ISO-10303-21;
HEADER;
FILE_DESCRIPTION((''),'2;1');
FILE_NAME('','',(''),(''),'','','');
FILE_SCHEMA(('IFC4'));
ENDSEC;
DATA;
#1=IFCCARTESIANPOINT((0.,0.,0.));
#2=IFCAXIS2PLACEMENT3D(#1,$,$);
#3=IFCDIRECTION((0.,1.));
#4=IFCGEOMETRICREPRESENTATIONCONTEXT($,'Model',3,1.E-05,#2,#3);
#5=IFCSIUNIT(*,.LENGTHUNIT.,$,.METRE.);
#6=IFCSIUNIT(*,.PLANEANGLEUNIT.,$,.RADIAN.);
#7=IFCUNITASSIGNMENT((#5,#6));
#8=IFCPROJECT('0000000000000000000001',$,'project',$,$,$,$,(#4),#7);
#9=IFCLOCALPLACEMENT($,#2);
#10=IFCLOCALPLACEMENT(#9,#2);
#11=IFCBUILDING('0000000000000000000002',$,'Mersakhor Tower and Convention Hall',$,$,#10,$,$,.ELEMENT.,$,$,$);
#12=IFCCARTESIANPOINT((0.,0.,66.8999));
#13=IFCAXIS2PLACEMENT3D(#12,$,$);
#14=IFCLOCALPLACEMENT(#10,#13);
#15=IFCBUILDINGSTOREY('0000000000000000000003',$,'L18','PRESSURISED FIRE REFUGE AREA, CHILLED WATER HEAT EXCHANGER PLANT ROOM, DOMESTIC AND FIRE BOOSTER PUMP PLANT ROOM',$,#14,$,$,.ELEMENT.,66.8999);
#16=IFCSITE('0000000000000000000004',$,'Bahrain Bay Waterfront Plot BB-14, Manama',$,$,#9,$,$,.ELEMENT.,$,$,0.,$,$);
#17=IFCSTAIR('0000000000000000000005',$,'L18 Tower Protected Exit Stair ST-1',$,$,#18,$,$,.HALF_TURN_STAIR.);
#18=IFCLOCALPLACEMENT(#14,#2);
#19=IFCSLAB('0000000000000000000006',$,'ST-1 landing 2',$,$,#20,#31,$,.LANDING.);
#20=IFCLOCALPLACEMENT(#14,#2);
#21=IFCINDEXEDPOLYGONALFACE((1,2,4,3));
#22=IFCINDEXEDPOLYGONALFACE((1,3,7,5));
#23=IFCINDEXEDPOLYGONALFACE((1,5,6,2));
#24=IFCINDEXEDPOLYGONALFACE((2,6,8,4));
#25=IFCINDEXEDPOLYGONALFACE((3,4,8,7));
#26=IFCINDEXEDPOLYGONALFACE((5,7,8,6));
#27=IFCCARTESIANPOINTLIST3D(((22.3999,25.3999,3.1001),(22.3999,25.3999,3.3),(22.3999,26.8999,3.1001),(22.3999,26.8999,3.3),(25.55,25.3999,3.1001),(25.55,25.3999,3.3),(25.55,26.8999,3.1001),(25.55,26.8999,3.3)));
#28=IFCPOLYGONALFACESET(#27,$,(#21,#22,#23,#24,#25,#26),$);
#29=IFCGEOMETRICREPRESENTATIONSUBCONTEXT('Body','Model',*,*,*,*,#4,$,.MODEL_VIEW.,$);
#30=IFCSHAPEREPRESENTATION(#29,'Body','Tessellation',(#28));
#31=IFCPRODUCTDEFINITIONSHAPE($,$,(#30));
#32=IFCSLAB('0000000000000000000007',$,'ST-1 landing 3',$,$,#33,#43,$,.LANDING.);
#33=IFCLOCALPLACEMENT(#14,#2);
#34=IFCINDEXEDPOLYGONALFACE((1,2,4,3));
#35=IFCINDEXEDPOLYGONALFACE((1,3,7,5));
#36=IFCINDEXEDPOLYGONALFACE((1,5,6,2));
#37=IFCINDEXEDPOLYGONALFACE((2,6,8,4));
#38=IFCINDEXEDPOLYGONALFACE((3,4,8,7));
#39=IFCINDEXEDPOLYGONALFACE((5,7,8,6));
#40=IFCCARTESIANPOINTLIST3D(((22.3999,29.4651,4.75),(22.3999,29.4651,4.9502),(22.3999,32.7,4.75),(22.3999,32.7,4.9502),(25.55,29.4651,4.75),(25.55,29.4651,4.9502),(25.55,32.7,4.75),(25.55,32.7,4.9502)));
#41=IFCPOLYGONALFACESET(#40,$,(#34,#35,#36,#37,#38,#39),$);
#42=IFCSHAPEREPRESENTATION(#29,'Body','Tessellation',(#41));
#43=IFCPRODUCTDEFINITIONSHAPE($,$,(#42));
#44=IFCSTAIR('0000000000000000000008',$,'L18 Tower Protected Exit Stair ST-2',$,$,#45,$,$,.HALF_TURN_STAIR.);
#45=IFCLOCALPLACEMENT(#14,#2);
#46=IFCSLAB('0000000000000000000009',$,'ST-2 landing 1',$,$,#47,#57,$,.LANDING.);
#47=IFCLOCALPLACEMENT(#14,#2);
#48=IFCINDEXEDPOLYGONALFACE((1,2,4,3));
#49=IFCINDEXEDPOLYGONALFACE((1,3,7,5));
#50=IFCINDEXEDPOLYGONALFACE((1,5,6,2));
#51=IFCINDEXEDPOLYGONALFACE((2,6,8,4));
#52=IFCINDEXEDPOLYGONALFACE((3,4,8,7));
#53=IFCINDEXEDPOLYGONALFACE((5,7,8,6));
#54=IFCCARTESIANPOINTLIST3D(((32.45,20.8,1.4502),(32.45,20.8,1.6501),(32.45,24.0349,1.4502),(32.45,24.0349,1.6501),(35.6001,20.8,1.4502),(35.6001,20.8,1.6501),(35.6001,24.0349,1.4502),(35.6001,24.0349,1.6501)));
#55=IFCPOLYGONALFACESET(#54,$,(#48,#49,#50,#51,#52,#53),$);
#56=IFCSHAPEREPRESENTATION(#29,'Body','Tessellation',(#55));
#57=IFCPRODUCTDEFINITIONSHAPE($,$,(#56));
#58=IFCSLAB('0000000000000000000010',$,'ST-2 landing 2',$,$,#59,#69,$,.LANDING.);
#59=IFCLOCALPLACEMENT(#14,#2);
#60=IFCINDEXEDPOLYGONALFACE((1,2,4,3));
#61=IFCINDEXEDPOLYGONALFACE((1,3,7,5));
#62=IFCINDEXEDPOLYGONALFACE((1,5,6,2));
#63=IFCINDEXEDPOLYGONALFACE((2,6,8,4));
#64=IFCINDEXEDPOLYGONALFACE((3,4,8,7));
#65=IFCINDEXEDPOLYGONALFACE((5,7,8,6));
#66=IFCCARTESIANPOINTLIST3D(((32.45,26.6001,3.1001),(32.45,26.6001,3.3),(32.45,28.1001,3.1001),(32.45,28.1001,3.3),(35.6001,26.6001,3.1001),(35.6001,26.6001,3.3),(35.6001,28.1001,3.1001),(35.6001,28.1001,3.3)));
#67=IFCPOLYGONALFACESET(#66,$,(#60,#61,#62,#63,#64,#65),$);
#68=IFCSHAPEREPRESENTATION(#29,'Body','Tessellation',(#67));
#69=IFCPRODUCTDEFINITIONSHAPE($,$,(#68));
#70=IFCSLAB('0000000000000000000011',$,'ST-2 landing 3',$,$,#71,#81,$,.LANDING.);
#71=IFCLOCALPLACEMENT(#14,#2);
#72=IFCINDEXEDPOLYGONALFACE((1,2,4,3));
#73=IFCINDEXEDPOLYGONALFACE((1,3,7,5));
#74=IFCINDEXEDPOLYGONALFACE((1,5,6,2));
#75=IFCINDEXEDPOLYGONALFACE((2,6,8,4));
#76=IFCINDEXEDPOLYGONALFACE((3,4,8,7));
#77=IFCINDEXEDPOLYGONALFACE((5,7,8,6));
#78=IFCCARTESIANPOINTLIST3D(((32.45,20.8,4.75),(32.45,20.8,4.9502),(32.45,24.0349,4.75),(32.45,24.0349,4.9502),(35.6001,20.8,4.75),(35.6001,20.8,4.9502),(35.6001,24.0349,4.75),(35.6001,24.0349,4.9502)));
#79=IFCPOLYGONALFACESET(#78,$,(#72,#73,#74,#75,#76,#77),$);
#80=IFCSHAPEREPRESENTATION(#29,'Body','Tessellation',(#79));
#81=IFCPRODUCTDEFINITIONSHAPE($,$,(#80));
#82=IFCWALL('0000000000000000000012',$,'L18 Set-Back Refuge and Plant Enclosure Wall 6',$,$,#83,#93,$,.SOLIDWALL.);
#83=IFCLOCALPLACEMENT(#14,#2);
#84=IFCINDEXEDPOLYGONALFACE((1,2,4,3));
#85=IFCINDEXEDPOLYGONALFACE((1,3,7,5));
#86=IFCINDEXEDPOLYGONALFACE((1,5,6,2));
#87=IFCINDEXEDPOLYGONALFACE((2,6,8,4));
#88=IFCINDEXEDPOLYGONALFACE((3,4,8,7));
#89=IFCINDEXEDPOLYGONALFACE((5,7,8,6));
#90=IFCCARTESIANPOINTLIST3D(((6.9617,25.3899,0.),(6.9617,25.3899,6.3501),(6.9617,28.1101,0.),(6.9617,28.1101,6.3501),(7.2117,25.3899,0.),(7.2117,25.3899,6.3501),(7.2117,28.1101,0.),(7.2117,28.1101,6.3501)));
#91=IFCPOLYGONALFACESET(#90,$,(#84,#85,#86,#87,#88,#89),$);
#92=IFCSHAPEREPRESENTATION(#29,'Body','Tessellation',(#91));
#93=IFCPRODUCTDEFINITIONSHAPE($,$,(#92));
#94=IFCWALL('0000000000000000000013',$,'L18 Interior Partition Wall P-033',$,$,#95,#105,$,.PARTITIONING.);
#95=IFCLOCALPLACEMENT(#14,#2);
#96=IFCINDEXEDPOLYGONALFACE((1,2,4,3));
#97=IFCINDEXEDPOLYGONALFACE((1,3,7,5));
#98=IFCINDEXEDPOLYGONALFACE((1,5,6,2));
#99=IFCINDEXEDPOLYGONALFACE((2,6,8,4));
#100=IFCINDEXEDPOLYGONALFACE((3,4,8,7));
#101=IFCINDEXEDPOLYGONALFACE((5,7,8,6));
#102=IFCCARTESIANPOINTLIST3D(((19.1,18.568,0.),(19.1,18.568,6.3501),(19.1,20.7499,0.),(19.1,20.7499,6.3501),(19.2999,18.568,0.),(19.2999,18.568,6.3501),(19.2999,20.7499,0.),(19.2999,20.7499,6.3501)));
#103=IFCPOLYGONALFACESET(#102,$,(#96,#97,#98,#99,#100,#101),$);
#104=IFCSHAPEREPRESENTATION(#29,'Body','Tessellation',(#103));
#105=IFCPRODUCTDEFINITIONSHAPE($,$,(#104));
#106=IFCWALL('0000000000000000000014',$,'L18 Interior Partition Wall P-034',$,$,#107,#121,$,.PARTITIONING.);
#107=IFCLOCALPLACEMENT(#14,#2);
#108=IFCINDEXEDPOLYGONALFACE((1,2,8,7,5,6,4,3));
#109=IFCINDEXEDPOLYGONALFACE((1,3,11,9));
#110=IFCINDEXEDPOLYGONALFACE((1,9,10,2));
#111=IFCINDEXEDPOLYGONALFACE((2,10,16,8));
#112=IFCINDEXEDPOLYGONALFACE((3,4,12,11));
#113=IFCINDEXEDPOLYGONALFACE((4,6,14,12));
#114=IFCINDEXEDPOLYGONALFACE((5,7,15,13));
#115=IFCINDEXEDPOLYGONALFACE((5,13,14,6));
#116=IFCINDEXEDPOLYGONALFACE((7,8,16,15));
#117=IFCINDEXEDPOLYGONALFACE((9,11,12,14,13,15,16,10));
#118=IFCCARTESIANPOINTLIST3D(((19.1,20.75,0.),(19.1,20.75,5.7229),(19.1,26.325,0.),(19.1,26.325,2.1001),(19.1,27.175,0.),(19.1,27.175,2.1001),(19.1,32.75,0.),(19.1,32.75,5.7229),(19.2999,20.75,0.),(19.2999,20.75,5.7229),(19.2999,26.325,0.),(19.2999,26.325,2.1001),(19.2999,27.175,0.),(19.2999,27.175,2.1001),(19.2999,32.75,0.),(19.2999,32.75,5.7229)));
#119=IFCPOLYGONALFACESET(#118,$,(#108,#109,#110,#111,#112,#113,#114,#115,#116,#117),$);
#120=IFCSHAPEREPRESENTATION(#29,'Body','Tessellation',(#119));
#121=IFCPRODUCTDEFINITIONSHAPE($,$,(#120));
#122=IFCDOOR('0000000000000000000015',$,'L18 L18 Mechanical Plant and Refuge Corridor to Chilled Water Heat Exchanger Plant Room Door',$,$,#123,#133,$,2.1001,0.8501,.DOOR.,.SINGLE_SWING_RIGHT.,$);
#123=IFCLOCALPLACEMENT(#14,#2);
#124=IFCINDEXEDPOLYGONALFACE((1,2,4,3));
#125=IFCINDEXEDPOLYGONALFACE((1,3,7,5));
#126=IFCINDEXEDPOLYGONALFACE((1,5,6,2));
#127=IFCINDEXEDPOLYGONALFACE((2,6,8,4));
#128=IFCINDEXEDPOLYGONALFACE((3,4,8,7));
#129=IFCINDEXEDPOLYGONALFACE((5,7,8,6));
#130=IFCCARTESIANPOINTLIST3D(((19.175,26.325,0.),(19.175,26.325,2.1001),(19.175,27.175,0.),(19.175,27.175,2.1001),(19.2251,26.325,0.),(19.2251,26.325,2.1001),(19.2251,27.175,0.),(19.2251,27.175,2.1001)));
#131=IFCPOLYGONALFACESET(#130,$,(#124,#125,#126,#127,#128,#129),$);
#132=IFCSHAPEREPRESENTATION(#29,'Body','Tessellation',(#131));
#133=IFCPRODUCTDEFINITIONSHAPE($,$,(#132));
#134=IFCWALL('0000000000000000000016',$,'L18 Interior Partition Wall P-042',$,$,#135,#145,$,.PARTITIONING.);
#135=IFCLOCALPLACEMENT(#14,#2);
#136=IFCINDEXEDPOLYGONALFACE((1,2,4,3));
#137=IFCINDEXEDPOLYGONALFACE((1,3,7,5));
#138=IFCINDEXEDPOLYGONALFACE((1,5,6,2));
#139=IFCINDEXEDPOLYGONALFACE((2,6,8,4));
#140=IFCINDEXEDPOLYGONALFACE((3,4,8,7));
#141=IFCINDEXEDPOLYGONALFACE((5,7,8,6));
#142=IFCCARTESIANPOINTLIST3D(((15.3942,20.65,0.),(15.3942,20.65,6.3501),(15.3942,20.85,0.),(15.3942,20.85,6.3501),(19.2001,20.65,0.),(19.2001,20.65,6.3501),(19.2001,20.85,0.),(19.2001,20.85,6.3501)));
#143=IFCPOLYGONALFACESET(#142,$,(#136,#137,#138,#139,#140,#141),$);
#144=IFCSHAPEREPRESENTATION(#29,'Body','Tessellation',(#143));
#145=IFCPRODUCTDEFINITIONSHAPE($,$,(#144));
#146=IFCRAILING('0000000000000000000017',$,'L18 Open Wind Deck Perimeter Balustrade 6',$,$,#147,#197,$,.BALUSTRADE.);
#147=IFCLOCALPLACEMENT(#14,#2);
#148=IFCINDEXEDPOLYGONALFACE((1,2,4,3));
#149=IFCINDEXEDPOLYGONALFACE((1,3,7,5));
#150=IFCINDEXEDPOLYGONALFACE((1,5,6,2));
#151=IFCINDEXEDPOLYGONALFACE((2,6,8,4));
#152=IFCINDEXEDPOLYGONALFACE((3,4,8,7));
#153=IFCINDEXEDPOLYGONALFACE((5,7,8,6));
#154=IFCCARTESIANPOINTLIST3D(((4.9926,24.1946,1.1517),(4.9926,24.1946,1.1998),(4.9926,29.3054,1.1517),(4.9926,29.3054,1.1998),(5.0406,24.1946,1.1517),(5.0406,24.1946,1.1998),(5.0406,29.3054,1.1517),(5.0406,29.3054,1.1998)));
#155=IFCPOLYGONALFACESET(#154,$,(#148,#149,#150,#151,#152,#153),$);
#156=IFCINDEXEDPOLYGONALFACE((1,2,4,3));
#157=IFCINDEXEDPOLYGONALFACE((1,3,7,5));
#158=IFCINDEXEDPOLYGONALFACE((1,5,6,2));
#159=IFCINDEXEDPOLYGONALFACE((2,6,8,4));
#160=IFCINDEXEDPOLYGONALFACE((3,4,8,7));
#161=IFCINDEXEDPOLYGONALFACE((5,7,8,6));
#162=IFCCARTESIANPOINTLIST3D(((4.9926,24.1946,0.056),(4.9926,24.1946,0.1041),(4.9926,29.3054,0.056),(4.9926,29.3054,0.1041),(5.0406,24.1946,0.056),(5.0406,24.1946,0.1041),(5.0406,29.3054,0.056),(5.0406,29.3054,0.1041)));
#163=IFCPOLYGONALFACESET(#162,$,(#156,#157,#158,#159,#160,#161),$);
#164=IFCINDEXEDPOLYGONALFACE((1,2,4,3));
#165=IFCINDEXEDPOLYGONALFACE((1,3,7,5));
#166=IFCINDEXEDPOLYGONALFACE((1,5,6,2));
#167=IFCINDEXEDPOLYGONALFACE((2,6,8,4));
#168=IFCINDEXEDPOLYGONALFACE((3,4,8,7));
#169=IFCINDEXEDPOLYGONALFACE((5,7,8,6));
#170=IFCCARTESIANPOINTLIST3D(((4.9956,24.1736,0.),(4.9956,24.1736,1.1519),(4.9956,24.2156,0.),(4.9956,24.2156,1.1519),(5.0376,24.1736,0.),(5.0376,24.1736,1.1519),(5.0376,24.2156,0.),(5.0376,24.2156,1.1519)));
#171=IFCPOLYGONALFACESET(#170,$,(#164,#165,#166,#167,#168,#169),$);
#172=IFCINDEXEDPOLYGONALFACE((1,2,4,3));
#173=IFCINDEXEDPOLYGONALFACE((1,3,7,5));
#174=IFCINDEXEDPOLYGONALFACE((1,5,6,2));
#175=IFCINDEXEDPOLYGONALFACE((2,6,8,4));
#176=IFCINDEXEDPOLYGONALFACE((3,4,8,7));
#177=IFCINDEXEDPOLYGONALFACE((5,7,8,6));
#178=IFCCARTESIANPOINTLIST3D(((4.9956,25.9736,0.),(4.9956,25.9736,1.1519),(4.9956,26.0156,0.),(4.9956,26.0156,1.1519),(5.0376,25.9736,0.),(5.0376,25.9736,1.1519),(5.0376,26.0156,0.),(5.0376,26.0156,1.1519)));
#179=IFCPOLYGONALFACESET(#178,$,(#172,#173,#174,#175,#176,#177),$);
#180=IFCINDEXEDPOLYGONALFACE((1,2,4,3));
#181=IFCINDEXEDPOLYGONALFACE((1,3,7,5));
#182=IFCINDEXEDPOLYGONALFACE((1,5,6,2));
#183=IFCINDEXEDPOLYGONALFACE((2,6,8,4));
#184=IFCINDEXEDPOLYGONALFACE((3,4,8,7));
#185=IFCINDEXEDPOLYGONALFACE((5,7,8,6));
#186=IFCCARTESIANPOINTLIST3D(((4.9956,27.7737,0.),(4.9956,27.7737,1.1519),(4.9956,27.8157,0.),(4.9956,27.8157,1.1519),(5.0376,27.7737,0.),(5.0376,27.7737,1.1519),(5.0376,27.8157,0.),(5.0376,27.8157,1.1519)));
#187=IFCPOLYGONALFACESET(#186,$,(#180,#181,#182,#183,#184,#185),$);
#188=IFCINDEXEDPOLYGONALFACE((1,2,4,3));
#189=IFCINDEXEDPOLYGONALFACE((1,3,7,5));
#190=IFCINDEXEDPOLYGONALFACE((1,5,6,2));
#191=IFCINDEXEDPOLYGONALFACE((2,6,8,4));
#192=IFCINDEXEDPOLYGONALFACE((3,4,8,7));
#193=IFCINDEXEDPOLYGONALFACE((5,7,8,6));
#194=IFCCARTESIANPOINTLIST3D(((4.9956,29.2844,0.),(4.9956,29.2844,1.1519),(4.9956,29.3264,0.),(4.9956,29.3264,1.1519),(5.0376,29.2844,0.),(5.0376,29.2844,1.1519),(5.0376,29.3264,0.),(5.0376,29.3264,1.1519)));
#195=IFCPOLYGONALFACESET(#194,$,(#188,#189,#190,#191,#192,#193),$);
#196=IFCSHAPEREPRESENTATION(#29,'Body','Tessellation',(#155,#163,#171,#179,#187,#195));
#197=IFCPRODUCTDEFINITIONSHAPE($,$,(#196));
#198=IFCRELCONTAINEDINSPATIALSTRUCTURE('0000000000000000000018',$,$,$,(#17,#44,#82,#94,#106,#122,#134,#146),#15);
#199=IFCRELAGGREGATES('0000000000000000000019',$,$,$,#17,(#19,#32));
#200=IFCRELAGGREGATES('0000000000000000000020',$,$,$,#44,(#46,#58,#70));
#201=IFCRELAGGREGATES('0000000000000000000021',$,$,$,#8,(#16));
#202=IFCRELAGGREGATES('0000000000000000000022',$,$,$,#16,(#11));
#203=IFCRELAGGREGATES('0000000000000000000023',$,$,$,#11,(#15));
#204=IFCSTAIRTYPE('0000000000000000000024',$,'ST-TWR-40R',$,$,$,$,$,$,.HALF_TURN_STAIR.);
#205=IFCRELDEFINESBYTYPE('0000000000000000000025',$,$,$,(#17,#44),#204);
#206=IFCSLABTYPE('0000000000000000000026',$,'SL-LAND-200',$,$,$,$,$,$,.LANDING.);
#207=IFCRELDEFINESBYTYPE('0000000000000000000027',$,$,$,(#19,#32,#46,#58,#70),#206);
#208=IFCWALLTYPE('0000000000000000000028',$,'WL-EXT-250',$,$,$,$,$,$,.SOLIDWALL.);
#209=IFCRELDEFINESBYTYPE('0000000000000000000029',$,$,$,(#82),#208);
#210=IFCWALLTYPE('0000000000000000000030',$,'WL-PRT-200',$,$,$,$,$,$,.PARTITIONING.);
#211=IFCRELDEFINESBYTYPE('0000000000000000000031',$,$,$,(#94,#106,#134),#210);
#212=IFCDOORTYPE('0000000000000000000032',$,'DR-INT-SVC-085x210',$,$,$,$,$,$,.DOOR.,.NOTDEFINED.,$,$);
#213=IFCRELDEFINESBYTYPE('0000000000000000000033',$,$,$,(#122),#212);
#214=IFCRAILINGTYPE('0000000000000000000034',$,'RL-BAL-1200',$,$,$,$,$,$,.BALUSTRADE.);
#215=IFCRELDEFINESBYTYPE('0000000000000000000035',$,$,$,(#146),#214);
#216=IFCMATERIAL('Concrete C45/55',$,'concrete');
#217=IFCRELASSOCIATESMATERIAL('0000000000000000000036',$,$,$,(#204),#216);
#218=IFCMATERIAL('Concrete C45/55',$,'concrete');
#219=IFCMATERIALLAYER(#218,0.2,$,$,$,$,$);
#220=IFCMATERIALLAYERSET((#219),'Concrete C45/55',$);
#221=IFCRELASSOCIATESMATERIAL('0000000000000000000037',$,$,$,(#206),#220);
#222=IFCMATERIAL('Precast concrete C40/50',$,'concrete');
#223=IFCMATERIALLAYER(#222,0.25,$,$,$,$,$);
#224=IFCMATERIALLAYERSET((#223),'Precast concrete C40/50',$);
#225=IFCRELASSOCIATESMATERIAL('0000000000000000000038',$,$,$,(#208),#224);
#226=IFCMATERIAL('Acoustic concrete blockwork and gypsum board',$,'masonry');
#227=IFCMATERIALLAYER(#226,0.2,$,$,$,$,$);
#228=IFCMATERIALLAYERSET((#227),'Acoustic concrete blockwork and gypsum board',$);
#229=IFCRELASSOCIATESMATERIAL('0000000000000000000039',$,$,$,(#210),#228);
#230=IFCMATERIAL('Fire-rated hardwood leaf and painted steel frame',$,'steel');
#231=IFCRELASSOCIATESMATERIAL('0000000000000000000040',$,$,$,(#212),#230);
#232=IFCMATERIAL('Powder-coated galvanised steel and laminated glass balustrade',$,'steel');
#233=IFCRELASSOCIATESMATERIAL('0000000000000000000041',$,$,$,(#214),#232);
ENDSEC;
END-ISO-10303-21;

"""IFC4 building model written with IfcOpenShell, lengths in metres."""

from ifc_helpers import new_model, si_unit, direction, frame, frame_2d, origin, origin_2d, place, context, subcontext, project, spatial, polyline, rectangle, outline, extrude, material, layer, layer_set, type_object, element, fill, aggregate, save


model = new_model("IFC4")

# Units and contexts
model_context = context("Model", 3, precision=1e-05, world=origin(), true_north=direction((0.0, 1.0)))
body_context = subcontext(model_context, "Body", "Model", "MODEL_VIEW")
ifc_project = project(units=[si_unit("LENGTHUNIT", "METRE"), si_unit("PLANEANGLEUNIT", "RADIAN")], contexts=[model_context])

# Site, building, storey
site_placement = place(None, origin())
site = spatial("IfcSite", under=ifc_project, at=site_placement, Name="Bahrain Bay Waterfront Plot BB-14, Manama", CompositionType="ELEMENT", RefElevation=0.0)
building_placement = place(site_placement, origin())
building = spatial("IfcBuilding", under=site, at=building_placement, Name="Mersakhor Tower and Convention Hall", CompositionType="ELEMENT")
storey_placement = place(building_placement, frame((0.0, 0.0, 66.8999)))
storey = spatial("IfcBuildingStorey", under=building, at=storey_placement, Name="L18", Description="PRESSURISED FIRE REFUGE AREA, CHILLED WATER HEAT EXCHANGER PLANT ROOM, DOMESTIC AND FIRE BOOSTER PUMP PLANT ROOM", CompositionType="ELEMENT", Elevation=66.8999)

# Stairs, slabs
ifc_material_1 = material(Name="Concrete C45/55", Category="concrete")
stair_type = type_object("IfcStairType", Name="ST-TWR-40R", PredefinedType="HALF_TURN_STAIR", material=ifc_material_1)
stair_1_placement = place(storey_placement, origin())
stair_1 = element("IfcStair", 1, at=stair_1_placement, inside=storey, type_object=stair_type, Name="L18 Tower Protected Exit Stair ST-1", PredefinedType="HALF_TURN_STAIR")
ifc_material_2 = material(Name="Concrete C45/55", Category="concrete")
ifc_layer_1 = layer(ifc_material_2, 0.2)
ifc_layer_set_1 = layer_set([ifc_layer_1], Name="Concrete C45/55")
slab_type_1 = type_object("IfcSlabType", Name="SL-LAND-200", PredefinedType="LANDING", material=ifc_layer_set_1)
slab_1_placement = place(storey_placement, frame((0.0, 0.0, 3.1001)))
slab_1 = element("IfcSlab", 2, at=slab_1_placement, type_object=slab_type_1, Name="ST-1 landing 2", PredefinedType="LANDING", context=body_context, shape_type="SweptSolid", body=[
    extrude(outline(polyline([(25.55, 25.3999), (25.55, 26.8999), (22.3999, 26.8999), (22.3999, 25.3999), (25.55, 25.3999)])), origin(), (0.0, 0.0, 1.0), 0.2),
])
slab_2_placement = place(storey_placement, frame((0.0, 0.0, 4.75)))
slab_2 = element("IfcSlab", 3, at=slab_2_placement, type_object=slab_type_1, Name="ST-1 landing 3", PredefinedType="LANDING", context=body_context, shape_type="SweptSolid", body=[
    extrude(outline(polyline([(25.55, 29.4651), (25.55, 32.7), (22.3999, 32.7), (22.3999, 29.4651), (25.55, 29.4651)])), origin(), (0.0, 0.0, 1.0), 0.2002),
])
aggregate(stair_1, [slab_1, slab_2])
stair_2_placement = place(storey_placement, origin())
stair_2 = element("IfcStair", 4, at=stair_2_placement, inside=storey, type_object=stair_type, Name="L18 Tower Protected Exit Stair ST-2", PredefinedType="HALF_TURN_STAIR")
slab_3_placement = place(storey_placement, frame((0.0, 0.0, 1.4502)))
slab_3 = element("IfcSlab", 5, at=slab_3_placement, type_object=slab_type_1, Name="ST-2 landing 1", PredefinedType="LANDING", context=body_context, shape_type="SweptSolid", body=[
    extrude(outline(polyline([(32.45, 24.0349), (32.45, 20.8), (35.6001, 20.8), (35.6001, 24.0349), (32.45, 24.0349)])), origin(), (0.0, 0.0, 1.0), 0.2),
])
slab_4_placement = place(storey_placement, frame((0.0, 0.0, 3.1001)))
slab_4 = element("IfcSlab", 6, at=slab_4_placement, type_object=slab_type_1, Name="ST-2 landing 2", PredefinedType="LANDING", context=body_context, shape_type="SweptSolid", body=[
    extrude(outline(polyline([(32.45, 28.1001), (32.45, 26.6001), (35.6001, 26.6001), (35.6001, 28.1001), (32.45, 28.1001)])), origin(), (0.0, 0.0, 1.0), 0.2),
])
slab_5_placement = place(storey_placement, frame((0.0, 0.0, 4.75)))
slab_5 = element("IfcSlab", 7, at=slab_5_placement, type_object=slab_type_1, Name="ST-2 landing 3", PredefinedType="LANDING", context=body_context, shape_type="SweptSolid", body=[
    extrude(outline(polyline([(32.45, 24.0349), (32.45, 20.8), (35.6001, 20.8), (35.6001, 24.0349), (32.45, 24.0349)])), origin(), (0.0, 0.0, 1.0), 0.2002),
])
aggregate(stair_2, [slab_3, slab_4, slab_5])

# Walls
ifc_material_3 = material(Name="Precast concrete C40/50", Category="concrete")
ifc_layer_2 = layer(ifc_material_3, 0.25)
ifc_layer_set_2 = layer_set([ifc_layer_2], Name="Precast concrete C40/50")
wall_type_1 = type_object("IfcWallType", Name="WL-EXT-250", PredefinedType="SOLIDWALL", material=ifc_layer_set_2)
wall_1_placement = place(storey_placement, frame((7.0867, 25.3899, 0.0), z_axis=(0.0, 0.0, 1.0), x_axis=(0.0, 1.0, 0.0)))
element("IfcWall", 8, at=wall_1_placement, inside=storey, type_object=wall_type_1, Name="L18 Set-Back Refuge and Plant Enclosure Wall 6", PredefinedType="SOLIDWALL", context=body_context, shape_type="SweptSolid", body=[
    extrude(rectangle(XDim=2.7202, YDim=0.25, at=frame_2d((1.3601, 0.0))), origin(), (0.0, 0.0, 1.0), 6.3501),
])
ifc_material_4 = material(Name="Acoustic concrete blockwork and gypsum board", Category="masonry")
ifc_layer_3 = layer(ifc_material_4, 0.2)
ifc_layer_set_3 = layer_set([ifc_layer_3], Name="Acoustic concrete blockwork and gypsum board")
wall_type_2 = type_object("IfcWallType", Name="WL-PRT-200", PredefinedType="PARTITIONING", material=ifc_layer_set_3)
wall_2_placement = place(storey_placement, frame((19.2, 18.5681, 0.0), z_axis=(0.0, 0.0, 1.0), x_axis=(0.0, 1.0, 0.0)))
element("IfcWall", 9, at=wall_2_placement, inside=storey, type_object=wall_type_2, Name="L18 Interior Partition Wall P-033", PredefinedType="PARTITIONING", context=body_context, shape_type="SweptSolid", body=[
    extrude(rectangle(XDim=2.1819, YDim=0.2, at=frame_2d((1.0908, 0.0))), origin(), (0.0, 0.0, 1.0), 6.3501),
])

# Wall, opening, door
wall_3_placement = place(storey_placement, frame((19.2, 20.75, 0.0), z_axis=(0.0, 0.0, 1.0), x_axis=(0.0, 1.0, 0.0)))
wall_3 = element("IfcWall", 10, at=wall_3_placement, inside=storey, type_object=wall_type_2, Name="L18 Interior Partition Wall P-034", PredefinedType="PARTITIONING", context=body_context, shape_type="SweptSolid", body=[
    extrude(rectangle(XDim=12.0, YDim=0.2, at=frame_2d((6.0, 0.0))), origin(), (0.0, 0.0, 1.0), 5.7229),
])
opening_placement = place(wall_3_placement, frame((5.575, 0.0, 0.0)))
opening = element("IfcOpeningElement", 11, at=opening_placement, cuts=wall_3, PredefinedType="OPENING", context=body_context, shape_type="SweptSolid", body=[
    extrude(rectangle(XDim=0.8501, YDim=2.1001, at=frame_2d((0.425, 1.05))), frame((0.0, 0.1099, 0.0), z_axis=(0.0, -1.0, 0.0), x_axis=(1.0, 0.0, 0.0)), (0.0, 0.0, 1.0), 0.22),
])
ifc_material_5 = material(Name="Fire-rated hardwood leaf and painted steel frame", Category="steel")
door_type = type_object("IfcDoorType", Name="DR-INT-SVC-085x210", OperationType="NOTDEFINED", PredefinedType="DOOR", material=ifc_material_5)
door_placement = place(opening_placement, origin())
door = element("IfcDoor", 12, at=door_placement, inside=storey, type_object=door_type, Name="L18 L18 Mechanical Plant and Refuge Corridor to Chilled Water Heat Exchanger Plant Room Door", OperationType="SINGLE_SWING_RIGHT", OverallHeight=2.1001, OverallWidth=0.8501, PredefinedType="DOOR", context=body_context, shape_type="SweptSolid", body=[
    extrude(rectangle(XDim=0.8501, YDim=2.1001, at=frame_2d((0.425, 1.05))), frame((0.0, 0.0249, 0.0), z_axis=(0.0, -1.0, 0.0), x_axis=(1.0, 0.0, 0.0)), (0.0, 0.0, 1.0), 0.05),
])
fill(opening, door)

# Wall
wall_4_placement = place(storey_placement, frame((19.2, 20.75, 0.0), z_axis=(0.0, 0.0, 1.0), x_axis=(-1.0, 0.0, 0.0)))
element("IfcWall", 13, at=wall_4_placement, inside=storey, type_object=wall_type_2, Name="L18 Interior Partition Wall P-042", PredefinedType="PARTITIONING", context=body_context, shape_type="SweptSolid", body=[
    extrude(rectangle(XDim=3.8059, YDim=0.2, at=frame_2d((1.9028, 0.0))), origin(), (0.0, 0.0, 1.0), 6.3501),
])

# Railing
ifc_material_6 = material(Name="Powder-coated galvanised steel and laminated glass balustrade", Category="steel")
railing_type = type_object("IfcRailingType", Name="RL-BAL-1200", PredefinedType="BALUSTRADE", material=ifc_material_6)
railing_placement = place(storey_placement, frame((5.0166, 24.1946, 0.0)))
element("IfcRailing", 14, at=railing_placement, inside=storey, type_object=railing_type, Name="L18 Open Wind Deck Perimeter Balustrade 6", PredefinedType="BALUSTRADE", context=body_context, shape_type="SweptSolid", body=[
    extrude(rectangle(XDim=0.0481, YDim=0.0481, at=origin_2d()), frame((0.0, 0.0, 1.1758), z_axis=(0.0, 1.0, 0.0), x_axis=(-1.0, 0.0, 0.0)), (0.0, 0.0, 1.0), 5.1108),
    extrude(rectangle(XDim=0.0481, YDim=0.0481, at=origin_2d()), frame((0.0, 0.0, 0.0801), z_axis=(0.0, 1.0, 0.0), x_axis=(-1.0, 0.0, 0.0)), (0.0, 0.0, 1.0), 5.1108),
    extrude(rectangle(XDim=0.042, YDim=0.042, at=origin_2d()), origin(), (0.0, 0.0, 1.0), 1.1519),
    extrude(rectangle(XDim=0.042, YDim=0.042, at=origin_2d()), frame((0.0, 1.8, 0.0)), (0.0, 0.0, 1.0), 1.1519),
    extrude(rectangle(XDim=0.042, YDim=0.042, at=origin_2d()), frame((0.0, 3.6001, 0.0)), (0.0, 0.0, 1.0), 1.1519),
    extrude(rectangle(XDim=0.042, YDim=0.042, at=origin_2d()), frame((0.0, 5.1108, 0.0)), (0.0, 0.0, 1.0), 1.1519),
])

save(model, "model.ifc")
